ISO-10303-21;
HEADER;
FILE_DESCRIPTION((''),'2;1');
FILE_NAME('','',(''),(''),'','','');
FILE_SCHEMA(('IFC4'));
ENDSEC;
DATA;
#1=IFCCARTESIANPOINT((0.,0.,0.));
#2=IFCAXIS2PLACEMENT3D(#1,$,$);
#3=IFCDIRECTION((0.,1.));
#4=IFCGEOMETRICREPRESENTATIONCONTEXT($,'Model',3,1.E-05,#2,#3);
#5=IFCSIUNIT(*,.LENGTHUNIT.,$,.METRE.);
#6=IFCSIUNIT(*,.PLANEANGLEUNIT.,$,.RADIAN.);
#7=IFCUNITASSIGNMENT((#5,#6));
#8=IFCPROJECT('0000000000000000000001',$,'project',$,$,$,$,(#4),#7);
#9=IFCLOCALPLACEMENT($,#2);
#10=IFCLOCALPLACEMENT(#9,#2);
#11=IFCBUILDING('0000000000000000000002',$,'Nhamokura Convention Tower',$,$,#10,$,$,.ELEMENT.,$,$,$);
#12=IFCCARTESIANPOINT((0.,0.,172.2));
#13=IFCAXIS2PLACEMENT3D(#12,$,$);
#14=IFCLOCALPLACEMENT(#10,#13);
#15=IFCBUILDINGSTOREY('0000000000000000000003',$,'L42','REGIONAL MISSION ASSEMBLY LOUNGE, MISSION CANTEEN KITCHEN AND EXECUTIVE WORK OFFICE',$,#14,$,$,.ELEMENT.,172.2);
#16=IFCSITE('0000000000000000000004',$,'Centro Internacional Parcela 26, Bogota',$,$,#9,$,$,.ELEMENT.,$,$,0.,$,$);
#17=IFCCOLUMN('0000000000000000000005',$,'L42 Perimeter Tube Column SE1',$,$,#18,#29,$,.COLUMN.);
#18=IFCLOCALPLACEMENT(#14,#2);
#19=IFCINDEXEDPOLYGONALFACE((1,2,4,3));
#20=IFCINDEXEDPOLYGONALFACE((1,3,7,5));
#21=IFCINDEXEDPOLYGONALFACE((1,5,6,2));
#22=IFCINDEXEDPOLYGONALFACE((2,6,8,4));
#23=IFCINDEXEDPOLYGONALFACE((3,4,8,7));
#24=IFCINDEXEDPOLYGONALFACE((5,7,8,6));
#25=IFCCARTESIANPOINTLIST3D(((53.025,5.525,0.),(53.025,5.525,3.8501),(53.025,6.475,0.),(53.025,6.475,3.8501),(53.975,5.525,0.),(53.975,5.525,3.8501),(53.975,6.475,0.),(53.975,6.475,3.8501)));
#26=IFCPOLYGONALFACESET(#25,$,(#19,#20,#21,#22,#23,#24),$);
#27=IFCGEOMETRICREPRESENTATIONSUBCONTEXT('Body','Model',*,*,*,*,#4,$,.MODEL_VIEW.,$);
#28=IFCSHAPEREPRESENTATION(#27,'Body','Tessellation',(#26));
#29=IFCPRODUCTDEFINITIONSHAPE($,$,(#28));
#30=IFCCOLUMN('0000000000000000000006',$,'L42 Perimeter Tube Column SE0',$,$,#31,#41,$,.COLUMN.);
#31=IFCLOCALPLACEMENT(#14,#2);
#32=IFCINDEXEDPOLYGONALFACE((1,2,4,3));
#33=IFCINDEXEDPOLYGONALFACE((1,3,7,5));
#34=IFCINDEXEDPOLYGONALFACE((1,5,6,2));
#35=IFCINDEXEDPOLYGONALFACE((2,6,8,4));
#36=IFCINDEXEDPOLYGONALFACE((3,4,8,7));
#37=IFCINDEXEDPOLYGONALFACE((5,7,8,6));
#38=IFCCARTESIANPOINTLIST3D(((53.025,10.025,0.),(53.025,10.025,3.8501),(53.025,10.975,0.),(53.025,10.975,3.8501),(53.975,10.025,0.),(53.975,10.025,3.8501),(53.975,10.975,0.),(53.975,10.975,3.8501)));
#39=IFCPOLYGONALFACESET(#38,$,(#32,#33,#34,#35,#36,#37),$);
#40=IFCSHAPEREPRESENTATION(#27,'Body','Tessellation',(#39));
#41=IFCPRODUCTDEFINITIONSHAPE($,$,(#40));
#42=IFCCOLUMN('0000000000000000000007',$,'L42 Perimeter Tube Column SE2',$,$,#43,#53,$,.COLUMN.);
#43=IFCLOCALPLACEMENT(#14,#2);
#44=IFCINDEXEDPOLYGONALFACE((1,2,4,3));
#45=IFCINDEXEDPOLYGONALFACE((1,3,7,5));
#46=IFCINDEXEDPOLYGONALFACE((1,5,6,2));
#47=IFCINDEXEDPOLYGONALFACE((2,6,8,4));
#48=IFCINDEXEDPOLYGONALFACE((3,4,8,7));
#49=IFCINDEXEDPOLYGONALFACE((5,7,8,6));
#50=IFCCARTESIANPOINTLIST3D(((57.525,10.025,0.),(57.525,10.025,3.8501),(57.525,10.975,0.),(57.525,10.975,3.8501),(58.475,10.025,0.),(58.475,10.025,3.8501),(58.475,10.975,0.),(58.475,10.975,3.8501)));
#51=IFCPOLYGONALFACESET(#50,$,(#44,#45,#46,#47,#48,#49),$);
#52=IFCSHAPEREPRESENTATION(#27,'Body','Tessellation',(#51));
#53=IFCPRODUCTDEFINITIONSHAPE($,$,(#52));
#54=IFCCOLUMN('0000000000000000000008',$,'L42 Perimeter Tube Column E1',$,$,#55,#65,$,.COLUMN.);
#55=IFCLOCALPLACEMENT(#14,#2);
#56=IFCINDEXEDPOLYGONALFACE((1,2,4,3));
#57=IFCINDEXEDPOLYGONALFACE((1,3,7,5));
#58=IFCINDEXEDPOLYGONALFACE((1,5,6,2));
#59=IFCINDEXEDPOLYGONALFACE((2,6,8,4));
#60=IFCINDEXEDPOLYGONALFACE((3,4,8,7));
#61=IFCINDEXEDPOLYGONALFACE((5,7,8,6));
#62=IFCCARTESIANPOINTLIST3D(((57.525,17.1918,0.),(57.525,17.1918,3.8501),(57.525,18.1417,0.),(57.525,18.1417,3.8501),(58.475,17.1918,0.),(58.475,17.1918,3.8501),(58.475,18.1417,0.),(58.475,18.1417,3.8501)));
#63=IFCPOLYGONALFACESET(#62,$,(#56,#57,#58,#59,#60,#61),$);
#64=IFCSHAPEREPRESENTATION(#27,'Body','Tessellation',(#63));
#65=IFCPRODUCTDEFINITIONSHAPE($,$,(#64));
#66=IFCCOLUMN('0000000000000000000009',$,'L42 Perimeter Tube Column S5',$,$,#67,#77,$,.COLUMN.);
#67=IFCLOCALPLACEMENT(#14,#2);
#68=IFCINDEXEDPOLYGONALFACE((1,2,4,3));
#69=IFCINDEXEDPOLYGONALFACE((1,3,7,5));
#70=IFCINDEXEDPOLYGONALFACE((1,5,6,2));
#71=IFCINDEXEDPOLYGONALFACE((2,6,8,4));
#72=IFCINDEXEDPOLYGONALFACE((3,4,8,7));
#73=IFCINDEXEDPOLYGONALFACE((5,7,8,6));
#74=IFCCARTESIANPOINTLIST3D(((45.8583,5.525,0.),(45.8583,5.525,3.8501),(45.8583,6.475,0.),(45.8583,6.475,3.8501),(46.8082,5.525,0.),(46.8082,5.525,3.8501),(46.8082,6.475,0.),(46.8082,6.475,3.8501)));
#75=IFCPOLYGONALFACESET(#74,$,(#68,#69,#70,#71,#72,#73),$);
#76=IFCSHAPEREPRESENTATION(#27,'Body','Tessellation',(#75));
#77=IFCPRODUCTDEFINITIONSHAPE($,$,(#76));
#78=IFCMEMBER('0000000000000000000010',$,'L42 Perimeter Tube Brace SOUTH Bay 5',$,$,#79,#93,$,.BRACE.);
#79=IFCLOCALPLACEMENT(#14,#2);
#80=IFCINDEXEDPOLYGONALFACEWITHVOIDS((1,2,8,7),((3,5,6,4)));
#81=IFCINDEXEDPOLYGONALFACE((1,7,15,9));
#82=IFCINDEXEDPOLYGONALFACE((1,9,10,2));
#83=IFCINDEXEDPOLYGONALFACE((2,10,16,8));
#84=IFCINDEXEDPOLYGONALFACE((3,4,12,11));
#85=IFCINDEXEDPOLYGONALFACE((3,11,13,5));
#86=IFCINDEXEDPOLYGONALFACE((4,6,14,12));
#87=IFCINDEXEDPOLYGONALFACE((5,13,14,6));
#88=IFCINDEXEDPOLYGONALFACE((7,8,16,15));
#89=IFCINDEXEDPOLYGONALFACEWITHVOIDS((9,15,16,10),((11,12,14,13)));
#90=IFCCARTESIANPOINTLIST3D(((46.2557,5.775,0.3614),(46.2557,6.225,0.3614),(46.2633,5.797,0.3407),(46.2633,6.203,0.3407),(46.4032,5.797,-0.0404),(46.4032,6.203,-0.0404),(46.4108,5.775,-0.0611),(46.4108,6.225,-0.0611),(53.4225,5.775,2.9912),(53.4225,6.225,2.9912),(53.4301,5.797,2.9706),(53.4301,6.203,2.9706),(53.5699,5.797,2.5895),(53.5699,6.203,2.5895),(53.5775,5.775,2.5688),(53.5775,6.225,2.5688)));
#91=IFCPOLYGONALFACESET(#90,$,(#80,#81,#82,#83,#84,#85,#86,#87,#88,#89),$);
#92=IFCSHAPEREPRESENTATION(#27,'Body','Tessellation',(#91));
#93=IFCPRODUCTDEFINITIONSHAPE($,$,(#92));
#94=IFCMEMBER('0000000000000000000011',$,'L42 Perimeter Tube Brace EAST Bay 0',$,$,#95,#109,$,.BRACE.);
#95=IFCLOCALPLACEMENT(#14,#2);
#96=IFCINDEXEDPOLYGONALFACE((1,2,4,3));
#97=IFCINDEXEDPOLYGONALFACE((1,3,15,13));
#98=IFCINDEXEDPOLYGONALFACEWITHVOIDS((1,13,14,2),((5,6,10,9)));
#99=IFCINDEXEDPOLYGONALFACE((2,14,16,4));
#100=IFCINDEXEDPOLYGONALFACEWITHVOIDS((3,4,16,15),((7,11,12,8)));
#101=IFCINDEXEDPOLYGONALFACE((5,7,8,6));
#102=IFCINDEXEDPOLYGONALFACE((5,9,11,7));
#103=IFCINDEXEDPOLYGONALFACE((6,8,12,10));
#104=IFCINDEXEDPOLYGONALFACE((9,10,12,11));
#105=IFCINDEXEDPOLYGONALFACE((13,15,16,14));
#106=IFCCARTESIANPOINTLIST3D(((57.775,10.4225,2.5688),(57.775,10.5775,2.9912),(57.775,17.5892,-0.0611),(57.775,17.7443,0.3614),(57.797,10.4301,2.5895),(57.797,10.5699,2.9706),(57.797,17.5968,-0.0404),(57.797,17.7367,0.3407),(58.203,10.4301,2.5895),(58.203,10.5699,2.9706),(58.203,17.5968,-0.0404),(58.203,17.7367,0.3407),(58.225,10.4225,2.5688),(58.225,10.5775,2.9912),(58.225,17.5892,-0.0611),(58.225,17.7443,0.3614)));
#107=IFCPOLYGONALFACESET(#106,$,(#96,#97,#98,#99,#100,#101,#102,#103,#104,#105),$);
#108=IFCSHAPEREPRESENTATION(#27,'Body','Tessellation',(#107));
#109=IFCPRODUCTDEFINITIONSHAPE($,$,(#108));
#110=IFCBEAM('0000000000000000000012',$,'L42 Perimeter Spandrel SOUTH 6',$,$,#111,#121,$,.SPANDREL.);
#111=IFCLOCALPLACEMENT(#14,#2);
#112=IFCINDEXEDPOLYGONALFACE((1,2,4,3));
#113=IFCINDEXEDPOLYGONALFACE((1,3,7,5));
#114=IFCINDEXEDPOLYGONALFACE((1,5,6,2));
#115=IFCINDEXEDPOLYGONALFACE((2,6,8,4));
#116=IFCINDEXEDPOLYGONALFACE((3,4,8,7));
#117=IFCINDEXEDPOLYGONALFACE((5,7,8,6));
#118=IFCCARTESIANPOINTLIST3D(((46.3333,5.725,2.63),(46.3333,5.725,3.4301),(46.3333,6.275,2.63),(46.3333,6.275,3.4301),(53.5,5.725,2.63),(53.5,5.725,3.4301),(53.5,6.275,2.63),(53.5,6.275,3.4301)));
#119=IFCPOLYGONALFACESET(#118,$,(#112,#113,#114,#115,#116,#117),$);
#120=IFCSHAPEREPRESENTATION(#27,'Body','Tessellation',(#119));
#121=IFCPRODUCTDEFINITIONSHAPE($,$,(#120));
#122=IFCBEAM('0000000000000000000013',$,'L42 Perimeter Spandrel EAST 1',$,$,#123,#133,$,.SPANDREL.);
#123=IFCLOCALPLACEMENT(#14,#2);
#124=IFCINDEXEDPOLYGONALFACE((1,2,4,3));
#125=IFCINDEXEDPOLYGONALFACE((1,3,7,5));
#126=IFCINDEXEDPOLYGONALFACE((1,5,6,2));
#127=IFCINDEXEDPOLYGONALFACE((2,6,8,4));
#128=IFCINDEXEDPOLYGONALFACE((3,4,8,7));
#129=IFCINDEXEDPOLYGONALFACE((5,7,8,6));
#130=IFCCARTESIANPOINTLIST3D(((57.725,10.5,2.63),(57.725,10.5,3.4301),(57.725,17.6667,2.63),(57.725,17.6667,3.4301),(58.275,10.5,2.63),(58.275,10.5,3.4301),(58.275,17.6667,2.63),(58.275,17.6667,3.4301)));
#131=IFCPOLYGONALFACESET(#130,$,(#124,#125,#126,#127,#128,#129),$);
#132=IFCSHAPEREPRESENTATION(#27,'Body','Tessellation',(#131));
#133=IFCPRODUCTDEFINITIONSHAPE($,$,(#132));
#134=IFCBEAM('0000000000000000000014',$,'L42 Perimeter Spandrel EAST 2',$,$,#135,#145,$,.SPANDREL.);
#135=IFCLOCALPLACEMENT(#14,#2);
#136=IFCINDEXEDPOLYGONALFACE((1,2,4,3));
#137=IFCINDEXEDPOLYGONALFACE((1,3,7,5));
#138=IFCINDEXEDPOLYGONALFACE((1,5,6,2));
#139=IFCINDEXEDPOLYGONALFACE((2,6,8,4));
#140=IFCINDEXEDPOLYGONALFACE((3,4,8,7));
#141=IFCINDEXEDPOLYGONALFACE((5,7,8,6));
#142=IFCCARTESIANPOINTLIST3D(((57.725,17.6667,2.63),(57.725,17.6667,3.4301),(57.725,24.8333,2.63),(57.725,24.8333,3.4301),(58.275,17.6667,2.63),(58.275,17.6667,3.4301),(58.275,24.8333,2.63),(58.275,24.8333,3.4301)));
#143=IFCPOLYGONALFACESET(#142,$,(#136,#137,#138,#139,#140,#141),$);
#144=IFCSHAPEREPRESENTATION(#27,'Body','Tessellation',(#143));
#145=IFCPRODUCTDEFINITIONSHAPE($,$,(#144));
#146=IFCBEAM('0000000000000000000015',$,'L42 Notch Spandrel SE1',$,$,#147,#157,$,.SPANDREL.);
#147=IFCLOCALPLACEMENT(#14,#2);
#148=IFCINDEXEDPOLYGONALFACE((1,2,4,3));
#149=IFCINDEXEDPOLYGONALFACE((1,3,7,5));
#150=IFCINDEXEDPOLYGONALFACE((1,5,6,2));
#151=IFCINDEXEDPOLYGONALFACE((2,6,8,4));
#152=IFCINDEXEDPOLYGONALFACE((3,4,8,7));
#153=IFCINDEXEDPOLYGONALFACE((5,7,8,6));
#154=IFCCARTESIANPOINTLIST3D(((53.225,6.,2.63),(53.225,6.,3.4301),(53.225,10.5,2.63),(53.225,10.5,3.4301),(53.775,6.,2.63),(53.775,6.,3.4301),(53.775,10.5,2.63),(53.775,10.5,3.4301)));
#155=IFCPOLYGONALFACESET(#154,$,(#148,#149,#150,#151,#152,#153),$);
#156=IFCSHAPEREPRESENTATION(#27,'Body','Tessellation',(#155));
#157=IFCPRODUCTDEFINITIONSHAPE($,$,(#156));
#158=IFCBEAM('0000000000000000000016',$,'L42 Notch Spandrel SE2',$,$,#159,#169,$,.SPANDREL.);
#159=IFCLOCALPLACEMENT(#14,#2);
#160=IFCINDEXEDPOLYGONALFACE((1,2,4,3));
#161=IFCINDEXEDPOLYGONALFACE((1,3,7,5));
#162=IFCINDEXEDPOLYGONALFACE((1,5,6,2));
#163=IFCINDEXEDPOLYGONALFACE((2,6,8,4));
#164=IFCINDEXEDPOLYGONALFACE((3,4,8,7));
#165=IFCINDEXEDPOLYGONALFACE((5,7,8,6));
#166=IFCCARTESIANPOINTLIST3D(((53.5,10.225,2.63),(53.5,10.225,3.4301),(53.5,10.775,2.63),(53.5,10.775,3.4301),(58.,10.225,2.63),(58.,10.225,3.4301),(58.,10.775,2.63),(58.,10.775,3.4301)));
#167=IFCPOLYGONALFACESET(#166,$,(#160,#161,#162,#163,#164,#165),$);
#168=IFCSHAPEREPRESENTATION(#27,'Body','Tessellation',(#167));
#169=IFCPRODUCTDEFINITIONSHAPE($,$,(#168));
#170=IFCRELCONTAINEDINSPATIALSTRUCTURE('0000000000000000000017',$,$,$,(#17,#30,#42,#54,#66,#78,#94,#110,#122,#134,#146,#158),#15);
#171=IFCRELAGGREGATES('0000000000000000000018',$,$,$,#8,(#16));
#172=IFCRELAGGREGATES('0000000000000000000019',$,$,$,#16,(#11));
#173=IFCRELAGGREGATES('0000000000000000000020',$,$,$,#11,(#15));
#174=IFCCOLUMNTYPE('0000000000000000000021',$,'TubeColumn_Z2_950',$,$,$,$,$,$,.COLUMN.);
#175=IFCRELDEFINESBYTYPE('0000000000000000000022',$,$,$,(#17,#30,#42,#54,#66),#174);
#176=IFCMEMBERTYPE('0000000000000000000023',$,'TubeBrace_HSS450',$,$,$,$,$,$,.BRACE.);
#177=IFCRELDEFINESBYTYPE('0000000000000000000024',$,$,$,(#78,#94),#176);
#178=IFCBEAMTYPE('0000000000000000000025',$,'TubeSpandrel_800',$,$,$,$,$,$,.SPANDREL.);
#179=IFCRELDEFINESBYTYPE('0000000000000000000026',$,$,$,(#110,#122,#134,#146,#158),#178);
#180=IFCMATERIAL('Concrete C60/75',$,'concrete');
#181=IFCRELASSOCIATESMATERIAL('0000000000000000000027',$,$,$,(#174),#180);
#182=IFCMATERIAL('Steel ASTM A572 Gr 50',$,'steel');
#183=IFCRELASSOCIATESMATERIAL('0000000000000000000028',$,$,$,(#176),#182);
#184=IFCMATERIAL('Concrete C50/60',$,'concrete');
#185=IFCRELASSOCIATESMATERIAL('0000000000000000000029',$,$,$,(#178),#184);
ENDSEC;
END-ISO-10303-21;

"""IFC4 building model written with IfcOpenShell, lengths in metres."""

from ifc_helpers import new_model, si_unit, direction, frame, origin, origin_2d, place, context, subcontext, project, spatial, rectangle, hollow_rectangle, extrude, material, material_profile, profile_set, type_object, element, save


model = new_model("IFC4")

# Units and contexts
model_context = context("Model", 3, precision=1e-05, world=origin(), true_north=direction((0.0, 1.0)))
body_context = subcontext(model_context, "Body", "Model", "MODEL_VIEW")
ifc_project = project(units=[si_unit("LENGTHUNIT", "METRE"), si_unit("PLANEANGLEUNIT", "RADIAN")], contexts=[model_context])

# Site, building, storey
site_placement = place(None, origin())
site = spatial("IfcSite", under=ifc_project, at=site_placement, Name="Centro Internacional Parcela 26, Bogota", CompositionType="ELEMENT", RefElevation=0.0)
building_placement = place(site_placement, origin())
building = spatial("IfcBuilding", under=site, at=building_placement, Name="Nhamokura Convention Tower", CompositionType="ELEMENT")
storey_placement = place(building_placement, frame((0.0, 0.0, 172.2)))
storey = spatial("IfcBuildingStorey", under=building, at=storey_placement, Name="L42", Description="REGIONAL MISSION ASSEMBLY LOUNGE, MISSION CANTEEN KITCHEN AND EXECUTIVE WORK OFFICE", CompositionType="ELEMENT", Elevation=172.2)

# Columns
ifc_material_1 = material(Name="Concrete C60/75", Category="concrete")
ifc_material_profile_1 = material_profile(ifc_material_1, rectangle(XDim=0.95, YDim=0.95, at=origin_2d()))
ifc_profile_set_1 = profile_set([ifc_material_profile_1], Name="Concrete C60/75")
column_type = type_object("IfcColumnType", Name="TubeColumn_Z2_950", PredefinedType="COLUMN", material=ifc_profile_set_1)
for number, where, z_axis, x_axis, name in (
    (1, (53.5, 6.0, 0.0), (0.0, 0.0, 1.0), (1.0, 0.0, 0.0), "L42 Perimeter Tube Column SE1"),
    (2, (53.5, 10.5, 0.0), (0.0, 0.0, 1.0), (1.0, 0.0, 0.0), "L42 Perimeter Tube Column SE0"),
    (3, (58.0, 10.5, 0.0), (0.0, 0.0, 1.0), (1.0, 0.0, 0.0), "L42 Perimeter Tube Column SE2"),
    (4, (58.0, 17.6667, 0.0), (0.0, 0.0, 1.0), (1.0, 0.0, 0.0), "L42 Perimeter Tube Column E1"),
    (5, (46.3333, 6.0, 0.0), (0.0, 0.0, 1.0), (1.0, 0.0, 0.0), "L42 Perimeter Tube Column S5"),
):
    element("IfcColumn", number, at=place(storey_placement, frame(where, z_axis=z_axis, x_axis=x_axis)), inside=storey, type_object=column_type, Name=name, PredefinedType="COLUMN", context=body_context, shape_type="SweptSolid", body=[
        extrude(rectangle(XDim=0.95, YDim=0.95, at=origin_2d()), origin(), (0.0, 0.0, 1.0), 3.8501),
    ])

# Members
ifc_material_2 = material(Name="Steel ASTM A572 Gr 50", Category="steel")
ifc_material_profile_2 = material_profile(ifc_material_2, hollow_rectangle(XDim=0.45, YDim=0.45, WallThickness=0.022, at=origin_2d()))
ifc_profile_set_2 = profile_set([ifc_material_profile_2], Name="Steel ASTM A572 Gr 50")
member_type = type_object("IfcMemberType", Name="TubeBrace_HSS450", PredefinedType="BRACE", material=ifc_profile_set_2)
for number, where, z_axis, x_axis, name in (
    (6, (46.3333, 6.0, 0.1501), (0.938788, 0.0, 0.344494), (0.0, 1.0, 0.0), "L42 Perimeter Tube Brace SOUTH Bay 5"),
    (7, (58.0, 17.6667, 0.1501), (0.0, -0.938788, 0.344494), (1.0, 0.0, 0.0), "L42 Perimeter Tube Brace EAST Bay 0"),
):
    element("IfcMember", number, at=place(storey_placement, frame(where, z_axis=z_axis, x_axis=x_axis)), inside=storey, type_object=member_type, Name=name, PredefinedType="BRACE", context=body_context, shape_type="SweptSolid", body=[
        extrude(hollow_rectangle(XDim=0.45, YDim=0.45, WallThickness=0.022, at=origin_2d()), origin(), (0.0, 0.0, 1.0), 7.634),
    ])

# Beams
ifc_material_3 = material(Name="Concrete C50/60", Category="concrete")
ifc_material_profile_3 = material_profile(ifc_material_3, rectangle(XDim=0.55, YDim=0.8, at=origin_2d()))
ifc_profile_set_3 = profile_set([ifc_material_profile_3], Name="Concrete C50/60")
beam_type = type_object("IfcBeamType", Name="TubeSpandrel_800", PredefinedType="SPANDREL", material=ifc_profile_set_3)
for number, where, z_axis, x_axis, name in (
    (8, (46.3333, 6.0, 3.03), (1.0, 0.0, 0.0), (0.0, 1.0, 0.0), "L42 Perimeter Spandrel SOUTH 6"),
    (9, (58.0, 10.5, 3.03), (0.0, 1.0, 0.0), (-1.0, 0.0, 0.0), "L42 Perimeter Spandrel EAST 1"),
):
    element("IfcBeam", number, at=place(storey_placement, frame(where, z_axis=z_axis, x_axis=x_axis)), inside=storey, type_object=beam_type, Name=name, PredefinedType="SPANDREL", context=body_context, shape_type="SweptSolid", body=[
        extrude(rectangle(XDim=0.55, YDim=0.8, at=origin_2d()), origin(), (0.0, 0.0, 1.0), 7.1667),
    ])
beam_placement = place(storey_placement, frame((58.0, 17.6667, 3.03), z_axis=(0.0, 1.0, 0.0), x_axis=(-1.0, 0.0, 0.0)))
element("IfcBeam", 10, at=beam_placement, inside=storey, type_object=beam_type, Name="L42 Perimeter Spandrel EAST 2", PredefinedType="SPANDREL", context=body_context, shape_type="SweptSolid", body=[
    extrude(rectangle(XDim=0.55, YDim=0.8, at=origin_2d()), origin(), (0.0, 0.0, 1.0), 7.1665),
])
for number, where, z_axis, x_axis, name in (
    (11, (53.5, 6.0, 3.03), (0.0, 1.0, 0.0), (-1.0, 0.0, 0.0), "L42 Notch Spandrel SE1"),
    (12, (53.5, 10.5, 3.03), (1.0, 0.0, 0.0), (0.0, 1.0, 0.0), "L42 Notch Spandrel SE2"),
):
    element("IfcBeam", number, at=place(storey_placement, frame(where, z_axis=z_axis, x_axis=x_axis)), inside=storey, type_object=beam_type, Name=name, PredefinedType="SPANDREL", context=body_context, shape_type="SweptSolid", body=[
        extrude(rectangle(XDim=0.55, YDim=0.8, at=origin_2d()), origin(), (0.0, 0.0, 1.0), 4.5),
    ])

save(model, "model.ifc")
